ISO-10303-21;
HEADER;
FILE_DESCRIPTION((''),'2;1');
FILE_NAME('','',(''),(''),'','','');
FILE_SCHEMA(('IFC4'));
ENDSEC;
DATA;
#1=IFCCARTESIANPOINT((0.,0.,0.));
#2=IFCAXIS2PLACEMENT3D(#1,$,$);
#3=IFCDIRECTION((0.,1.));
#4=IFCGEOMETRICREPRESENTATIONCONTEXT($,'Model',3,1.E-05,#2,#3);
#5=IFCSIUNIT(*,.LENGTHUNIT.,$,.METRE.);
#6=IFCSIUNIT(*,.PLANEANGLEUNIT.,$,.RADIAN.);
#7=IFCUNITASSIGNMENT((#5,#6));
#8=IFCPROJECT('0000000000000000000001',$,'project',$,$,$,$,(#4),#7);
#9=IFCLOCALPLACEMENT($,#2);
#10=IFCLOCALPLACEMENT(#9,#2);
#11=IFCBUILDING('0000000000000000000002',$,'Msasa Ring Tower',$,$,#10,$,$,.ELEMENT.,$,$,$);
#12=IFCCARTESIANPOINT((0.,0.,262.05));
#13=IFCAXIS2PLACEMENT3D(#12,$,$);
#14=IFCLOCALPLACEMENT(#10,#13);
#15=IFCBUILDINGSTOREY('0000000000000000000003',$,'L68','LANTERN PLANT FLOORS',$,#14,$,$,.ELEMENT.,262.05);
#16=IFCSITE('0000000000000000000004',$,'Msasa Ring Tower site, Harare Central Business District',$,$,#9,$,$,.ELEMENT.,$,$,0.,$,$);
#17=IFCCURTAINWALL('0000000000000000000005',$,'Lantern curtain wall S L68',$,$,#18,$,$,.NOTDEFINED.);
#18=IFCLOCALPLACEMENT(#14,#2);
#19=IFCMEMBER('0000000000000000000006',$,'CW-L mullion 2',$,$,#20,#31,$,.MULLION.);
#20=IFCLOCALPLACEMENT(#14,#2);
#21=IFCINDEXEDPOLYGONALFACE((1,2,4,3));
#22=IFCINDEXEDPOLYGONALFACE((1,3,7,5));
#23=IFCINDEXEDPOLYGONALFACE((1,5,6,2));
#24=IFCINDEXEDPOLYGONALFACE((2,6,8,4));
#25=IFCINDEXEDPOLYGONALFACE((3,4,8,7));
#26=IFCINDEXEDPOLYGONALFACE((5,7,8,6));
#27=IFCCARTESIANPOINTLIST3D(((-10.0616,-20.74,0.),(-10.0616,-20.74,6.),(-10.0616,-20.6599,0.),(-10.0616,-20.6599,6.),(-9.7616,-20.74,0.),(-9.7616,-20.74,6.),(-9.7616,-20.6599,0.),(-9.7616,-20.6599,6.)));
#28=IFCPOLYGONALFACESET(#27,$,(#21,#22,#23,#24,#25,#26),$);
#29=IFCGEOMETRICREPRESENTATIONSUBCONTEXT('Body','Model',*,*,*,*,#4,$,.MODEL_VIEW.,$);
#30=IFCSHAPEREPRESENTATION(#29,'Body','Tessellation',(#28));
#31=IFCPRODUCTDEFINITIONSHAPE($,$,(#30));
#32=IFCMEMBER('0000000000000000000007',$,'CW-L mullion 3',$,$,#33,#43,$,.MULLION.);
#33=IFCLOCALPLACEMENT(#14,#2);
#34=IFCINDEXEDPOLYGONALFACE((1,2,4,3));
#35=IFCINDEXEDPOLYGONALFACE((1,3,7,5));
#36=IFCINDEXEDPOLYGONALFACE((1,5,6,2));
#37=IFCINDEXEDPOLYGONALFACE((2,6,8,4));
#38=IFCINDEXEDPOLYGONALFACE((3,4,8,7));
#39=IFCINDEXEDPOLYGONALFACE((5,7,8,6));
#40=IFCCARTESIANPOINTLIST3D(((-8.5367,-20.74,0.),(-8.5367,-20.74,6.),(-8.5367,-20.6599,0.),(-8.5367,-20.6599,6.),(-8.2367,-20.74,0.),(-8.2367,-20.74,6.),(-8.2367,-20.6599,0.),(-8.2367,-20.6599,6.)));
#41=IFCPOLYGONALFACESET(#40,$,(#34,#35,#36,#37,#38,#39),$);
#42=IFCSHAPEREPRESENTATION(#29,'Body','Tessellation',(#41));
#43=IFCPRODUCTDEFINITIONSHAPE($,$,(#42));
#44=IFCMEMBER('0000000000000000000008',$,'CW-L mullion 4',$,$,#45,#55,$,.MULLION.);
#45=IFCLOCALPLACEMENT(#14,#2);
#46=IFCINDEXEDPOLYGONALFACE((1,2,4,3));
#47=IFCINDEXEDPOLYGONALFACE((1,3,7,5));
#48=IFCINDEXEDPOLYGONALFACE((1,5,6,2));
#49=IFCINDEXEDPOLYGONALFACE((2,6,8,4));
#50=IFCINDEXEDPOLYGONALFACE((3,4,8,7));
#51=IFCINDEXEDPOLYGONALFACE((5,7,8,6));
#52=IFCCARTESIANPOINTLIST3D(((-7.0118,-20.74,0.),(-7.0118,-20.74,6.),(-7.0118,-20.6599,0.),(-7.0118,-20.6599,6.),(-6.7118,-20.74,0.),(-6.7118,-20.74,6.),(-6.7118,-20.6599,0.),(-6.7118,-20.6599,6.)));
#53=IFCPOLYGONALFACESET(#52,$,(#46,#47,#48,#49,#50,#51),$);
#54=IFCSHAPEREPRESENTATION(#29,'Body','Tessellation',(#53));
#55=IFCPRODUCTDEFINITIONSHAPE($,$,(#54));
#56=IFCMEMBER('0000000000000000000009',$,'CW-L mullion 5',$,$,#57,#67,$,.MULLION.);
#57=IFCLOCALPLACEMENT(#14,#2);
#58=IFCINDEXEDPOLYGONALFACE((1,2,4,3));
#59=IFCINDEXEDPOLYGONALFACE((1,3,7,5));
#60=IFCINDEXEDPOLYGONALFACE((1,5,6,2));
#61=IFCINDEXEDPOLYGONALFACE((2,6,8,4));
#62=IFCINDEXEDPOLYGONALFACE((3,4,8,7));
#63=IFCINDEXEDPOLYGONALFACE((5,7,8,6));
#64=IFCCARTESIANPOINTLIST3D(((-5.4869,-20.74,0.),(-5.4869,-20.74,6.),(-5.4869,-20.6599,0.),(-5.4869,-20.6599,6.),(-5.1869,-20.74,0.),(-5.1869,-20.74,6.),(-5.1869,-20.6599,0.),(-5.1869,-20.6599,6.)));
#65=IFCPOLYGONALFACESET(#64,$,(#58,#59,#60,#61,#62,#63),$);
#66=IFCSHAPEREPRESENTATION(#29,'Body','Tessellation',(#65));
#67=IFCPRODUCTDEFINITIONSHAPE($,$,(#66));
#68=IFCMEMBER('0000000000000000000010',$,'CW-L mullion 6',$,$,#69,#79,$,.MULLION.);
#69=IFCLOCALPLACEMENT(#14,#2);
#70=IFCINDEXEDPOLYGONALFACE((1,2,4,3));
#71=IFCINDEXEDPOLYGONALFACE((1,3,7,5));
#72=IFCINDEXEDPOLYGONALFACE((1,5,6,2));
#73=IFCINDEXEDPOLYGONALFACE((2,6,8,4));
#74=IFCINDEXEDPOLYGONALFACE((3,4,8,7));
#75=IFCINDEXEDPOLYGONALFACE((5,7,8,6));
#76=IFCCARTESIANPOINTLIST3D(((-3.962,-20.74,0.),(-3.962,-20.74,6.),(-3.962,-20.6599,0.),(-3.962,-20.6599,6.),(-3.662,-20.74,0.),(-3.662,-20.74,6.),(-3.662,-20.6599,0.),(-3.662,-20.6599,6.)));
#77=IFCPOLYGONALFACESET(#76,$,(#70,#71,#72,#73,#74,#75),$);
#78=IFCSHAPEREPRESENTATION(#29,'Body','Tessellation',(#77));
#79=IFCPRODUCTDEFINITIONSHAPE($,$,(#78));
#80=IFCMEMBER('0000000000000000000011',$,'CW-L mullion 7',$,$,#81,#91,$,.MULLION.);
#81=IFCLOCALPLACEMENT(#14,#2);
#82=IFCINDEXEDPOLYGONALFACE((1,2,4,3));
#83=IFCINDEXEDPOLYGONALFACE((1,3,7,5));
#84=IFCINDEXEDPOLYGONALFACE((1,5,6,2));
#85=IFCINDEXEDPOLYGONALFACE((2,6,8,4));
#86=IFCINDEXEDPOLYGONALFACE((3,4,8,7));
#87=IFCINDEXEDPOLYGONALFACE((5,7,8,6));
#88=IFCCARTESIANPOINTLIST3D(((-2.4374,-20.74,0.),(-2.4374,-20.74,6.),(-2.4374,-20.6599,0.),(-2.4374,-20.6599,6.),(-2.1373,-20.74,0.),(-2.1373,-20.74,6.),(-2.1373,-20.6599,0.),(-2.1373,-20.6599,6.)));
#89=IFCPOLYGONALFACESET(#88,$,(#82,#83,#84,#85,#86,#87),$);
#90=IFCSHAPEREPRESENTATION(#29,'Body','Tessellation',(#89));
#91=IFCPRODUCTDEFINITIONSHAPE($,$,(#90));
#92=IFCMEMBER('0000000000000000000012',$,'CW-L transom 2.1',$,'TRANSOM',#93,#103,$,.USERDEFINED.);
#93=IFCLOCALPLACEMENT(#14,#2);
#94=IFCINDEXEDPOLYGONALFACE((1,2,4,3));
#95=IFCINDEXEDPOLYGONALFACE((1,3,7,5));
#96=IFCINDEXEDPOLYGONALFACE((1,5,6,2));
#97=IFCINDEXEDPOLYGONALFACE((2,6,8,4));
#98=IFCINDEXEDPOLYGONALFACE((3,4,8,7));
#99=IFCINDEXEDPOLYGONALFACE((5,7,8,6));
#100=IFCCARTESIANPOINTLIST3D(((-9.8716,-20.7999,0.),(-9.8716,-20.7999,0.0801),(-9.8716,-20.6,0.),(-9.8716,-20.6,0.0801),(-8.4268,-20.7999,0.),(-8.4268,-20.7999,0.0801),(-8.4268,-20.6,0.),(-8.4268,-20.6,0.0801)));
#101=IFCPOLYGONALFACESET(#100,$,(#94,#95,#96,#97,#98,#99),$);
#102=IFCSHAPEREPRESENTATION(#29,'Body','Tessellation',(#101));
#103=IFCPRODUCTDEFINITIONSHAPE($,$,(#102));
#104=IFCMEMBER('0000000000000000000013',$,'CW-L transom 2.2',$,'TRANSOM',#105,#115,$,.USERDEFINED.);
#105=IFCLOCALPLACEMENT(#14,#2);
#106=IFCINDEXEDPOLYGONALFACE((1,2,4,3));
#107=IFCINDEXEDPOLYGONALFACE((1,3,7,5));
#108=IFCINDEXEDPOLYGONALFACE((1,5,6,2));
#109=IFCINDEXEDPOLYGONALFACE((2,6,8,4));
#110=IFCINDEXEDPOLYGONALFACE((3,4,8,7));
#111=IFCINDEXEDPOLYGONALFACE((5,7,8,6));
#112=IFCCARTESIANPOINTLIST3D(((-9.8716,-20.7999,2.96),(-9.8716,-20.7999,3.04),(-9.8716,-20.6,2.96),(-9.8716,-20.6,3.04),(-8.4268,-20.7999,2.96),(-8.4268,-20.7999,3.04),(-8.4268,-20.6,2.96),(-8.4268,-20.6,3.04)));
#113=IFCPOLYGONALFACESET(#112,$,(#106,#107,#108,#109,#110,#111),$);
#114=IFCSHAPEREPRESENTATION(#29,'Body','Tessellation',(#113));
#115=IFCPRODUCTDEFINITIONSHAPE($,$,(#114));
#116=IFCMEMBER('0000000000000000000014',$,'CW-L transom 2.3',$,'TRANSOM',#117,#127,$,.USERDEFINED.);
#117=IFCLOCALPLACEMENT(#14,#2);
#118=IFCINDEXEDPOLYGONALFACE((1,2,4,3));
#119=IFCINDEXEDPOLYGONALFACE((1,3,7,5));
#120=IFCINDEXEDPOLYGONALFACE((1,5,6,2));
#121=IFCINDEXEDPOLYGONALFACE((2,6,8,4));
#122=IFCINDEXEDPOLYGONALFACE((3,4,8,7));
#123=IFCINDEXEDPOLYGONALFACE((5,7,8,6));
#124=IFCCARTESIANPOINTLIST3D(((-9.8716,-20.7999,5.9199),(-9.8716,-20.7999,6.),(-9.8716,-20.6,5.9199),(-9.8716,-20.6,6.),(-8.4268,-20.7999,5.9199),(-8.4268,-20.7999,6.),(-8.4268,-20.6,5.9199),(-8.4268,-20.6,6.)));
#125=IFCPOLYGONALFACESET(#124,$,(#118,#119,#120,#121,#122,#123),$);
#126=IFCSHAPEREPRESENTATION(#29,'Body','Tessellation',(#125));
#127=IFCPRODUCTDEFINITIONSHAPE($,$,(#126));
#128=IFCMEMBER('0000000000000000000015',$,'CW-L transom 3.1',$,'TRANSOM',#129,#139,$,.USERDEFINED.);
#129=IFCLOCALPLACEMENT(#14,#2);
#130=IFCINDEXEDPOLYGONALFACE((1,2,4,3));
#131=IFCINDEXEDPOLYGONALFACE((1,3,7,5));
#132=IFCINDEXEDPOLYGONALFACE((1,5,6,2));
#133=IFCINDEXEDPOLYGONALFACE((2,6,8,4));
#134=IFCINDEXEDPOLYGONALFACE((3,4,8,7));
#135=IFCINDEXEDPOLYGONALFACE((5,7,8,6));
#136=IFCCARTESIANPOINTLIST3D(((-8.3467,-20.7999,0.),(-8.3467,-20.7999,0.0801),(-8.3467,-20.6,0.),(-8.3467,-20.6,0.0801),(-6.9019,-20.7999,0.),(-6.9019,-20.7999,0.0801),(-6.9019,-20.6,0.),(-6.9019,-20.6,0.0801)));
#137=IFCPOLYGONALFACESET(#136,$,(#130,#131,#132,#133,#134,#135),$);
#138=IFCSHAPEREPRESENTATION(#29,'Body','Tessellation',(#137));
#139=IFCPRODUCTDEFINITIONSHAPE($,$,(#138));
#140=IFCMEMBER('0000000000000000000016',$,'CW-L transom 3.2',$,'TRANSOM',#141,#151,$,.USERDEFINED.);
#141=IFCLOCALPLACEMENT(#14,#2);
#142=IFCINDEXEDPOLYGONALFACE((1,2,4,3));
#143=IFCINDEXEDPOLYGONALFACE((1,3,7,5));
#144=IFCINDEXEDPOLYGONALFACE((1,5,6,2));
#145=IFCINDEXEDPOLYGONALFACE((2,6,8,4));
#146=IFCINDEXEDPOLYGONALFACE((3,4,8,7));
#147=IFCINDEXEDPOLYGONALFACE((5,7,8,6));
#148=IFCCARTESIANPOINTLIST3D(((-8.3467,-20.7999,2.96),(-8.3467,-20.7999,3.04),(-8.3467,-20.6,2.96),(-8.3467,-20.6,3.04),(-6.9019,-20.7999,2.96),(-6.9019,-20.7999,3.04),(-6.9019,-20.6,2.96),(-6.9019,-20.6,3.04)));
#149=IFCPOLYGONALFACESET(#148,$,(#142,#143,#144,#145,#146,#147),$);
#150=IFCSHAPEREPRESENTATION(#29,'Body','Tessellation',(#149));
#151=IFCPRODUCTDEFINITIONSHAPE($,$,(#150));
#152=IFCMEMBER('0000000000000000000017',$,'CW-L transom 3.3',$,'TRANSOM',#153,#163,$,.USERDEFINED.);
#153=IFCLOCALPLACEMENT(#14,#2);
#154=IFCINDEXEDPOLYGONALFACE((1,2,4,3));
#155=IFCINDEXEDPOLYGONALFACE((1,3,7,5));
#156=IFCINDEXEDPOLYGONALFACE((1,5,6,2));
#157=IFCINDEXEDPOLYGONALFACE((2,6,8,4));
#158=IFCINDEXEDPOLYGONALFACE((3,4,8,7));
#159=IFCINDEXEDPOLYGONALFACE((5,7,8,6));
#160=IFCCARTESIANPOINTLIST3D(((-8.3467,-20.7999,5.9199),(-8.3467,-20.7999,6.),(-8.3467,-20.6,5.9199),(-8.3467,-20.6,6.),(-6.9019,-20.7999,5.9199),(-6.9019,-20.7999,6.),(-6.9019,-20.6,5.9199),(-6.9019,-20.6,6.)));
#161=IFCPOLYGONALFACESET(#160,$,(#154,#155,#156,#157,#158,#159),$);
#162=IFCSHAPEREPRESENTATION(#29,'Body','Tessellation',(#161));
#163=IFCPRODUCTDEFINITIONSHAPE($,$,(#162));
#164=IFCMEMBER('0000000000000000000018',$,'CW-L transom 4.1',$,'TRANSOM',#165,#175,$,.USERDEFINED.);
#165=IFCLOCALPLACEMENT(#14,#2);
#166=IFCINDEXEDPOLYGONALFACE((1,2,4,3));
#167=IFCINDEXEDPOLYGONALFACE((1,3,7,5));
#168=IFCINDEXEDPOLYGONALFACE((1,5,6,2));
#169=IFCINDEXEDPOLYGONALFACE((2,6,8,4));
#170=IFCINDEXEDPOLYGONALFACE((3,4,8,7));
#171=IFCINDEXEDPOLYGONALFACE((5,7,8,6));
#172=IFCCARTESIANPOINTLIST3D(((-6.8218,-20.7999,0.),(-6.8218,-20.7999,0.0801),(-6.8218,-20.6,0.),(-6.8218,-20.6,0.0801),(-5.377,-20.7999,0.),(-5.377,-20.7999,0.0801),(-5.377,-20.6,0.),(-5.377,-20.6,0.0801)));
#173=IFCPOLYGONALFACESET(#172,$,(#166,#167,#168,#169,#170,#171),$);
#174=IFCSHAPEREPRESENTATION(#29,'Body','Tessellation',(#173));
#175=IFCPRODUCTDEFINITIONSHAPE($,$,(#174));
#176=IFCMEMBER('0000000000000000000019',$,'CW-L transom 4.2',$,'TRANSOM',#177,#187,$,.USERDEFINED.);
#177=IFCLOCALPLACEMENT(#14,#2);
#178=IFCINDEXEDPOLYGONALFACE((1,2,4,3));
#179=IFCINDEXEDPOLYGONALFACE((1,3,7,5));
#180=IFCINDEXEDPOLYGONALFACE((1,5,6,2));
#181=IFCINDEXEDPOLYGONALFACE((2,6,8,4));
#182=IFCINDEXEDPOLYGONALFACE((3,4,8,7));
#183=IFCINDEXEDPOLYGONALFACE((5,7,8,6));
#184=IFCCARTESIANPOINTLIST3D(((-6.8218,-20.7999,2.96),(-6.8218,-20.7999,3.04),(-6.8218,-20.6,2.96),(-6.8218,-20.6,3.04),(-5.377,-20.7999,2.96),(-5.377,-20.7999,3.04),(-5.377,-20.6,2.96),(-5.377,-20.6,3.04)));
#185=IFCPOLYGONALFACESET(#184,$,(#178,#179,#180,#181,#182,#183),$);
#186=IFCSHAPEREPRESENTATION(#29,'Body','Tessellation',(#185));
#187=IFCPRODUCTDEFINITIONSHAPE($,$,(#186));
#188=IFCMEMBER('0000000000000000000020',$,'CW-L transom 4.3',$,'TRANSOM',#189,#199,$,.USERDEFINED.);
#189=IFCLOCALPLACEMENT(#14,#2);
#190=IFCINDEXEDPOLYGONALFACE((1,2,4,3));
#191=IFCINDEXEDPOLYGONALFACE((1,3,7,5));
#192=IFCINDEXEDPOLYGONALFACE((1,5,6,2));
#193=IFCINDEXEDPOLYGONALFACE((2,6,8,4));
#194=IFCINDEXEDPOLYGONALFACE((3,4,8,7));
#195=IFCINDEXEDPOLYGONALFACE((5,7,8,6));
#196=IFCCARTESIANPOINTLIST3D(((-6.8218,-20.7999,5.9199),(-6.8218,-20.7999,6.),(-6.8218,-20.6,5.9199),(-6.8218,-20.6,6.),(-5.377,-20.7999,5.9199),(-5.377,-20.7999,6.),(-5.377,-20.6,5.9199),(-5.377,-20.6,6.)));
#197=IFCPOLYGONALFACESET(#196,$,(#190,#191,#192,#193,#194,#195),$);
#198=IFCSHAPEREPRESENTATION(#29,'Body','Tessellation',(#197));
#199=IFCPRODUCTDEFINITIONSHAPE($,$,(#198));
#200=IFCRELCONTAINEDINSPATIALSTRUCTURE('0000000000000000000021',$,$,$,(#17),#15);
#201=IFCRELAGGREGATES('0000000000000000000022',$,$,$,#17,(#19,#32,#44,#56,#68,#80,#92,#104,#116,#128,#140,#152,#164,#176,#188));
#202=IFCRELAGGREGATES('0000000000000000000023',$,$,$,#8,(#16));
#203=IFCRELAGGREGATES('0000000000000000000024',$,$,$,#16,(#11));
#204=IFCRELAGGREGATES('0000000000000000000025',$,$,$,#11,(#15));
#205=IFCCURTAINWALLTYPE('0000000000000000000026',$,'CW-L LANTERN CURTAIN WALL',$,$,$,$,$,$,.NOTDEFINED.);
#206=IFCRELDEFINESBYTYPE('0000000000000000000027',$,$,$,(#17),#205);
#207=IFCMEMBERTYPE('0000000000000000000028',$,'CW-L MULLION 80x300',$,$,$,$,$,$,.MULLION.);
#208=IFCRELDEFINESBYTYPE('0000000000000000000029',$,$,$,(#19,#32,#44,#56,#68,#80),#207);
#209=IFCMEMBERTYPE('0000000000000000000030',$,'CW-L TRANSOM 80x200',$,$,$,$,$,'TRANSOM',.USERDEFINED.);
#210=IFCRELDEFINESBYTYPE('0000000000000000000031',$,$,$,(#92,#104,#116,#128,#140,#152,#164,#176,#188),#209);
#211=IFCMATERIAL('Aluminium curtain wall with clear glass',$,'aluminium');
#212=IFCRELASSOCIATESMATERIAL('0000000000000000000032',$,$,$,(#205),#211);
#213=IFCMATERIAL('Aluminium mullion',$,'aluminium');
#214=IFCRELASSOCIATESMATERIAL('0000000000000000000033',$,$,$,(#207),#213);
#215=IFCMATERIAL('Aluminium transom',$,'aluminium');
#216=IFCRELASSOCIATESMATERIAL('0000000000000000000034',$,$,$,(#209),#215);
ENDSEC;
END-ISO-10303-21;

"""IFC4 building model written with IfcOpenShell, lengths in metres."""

from ifc_helpers import new_model, si_unit, direction, frame, origin, origin_2d, place, context, subcontext, project, spatial, rectangle, extrude, material, material_profile, profile_set, type_object, element, aggregate, save


model = new_model("IFC4")

# Units and contexts
model_context = context("Model", 3, precision=1e-05, world=origin(), true_north=direction((0.0, 1.0)))
body_context = subcontext(model_context, "Body", "Model", "MODEL_VIEW")
ifc_project = project(units=[si_unit("LENGTHUNIT", "METRE"), si_unit("PLANEANGLEUNIT", "RADIAN")], contexts=[model_context])

# Site, building, storey
site_placement = place(None, origin())
site = spatial("IfcSite", under=ifc_project, at=site_placement, Name="Msasa Ring Tower site, Harare Central Business District", CompositionType="ELEMENT", RefElevation=0.0)
building_placement = place(site_placement, origin())
building = spatial("IfcBuilding", under=site, at=building_placement, Name="Msasa Ring Tower", CompositionType="ELEMENT")
storey_placement = place(building_placement, frame((0.0, 0.0, 262.05)))
storey = spatial("IfcBuildingStorey", under=building, at=storey_placement, Name="L68", Description="LANTERN PLANT FLOORS", CompositionType="ELEMENT", Elevation=262.05)

# Curtain wall, members
ifc_material_1 = material(Name="Aluminium curtain wall with clear glass", Category="aluminium")
curtain_wall_type = type_object("IfcCurtainWallType", Name="CW-L LANTERN CURTAIN WALL", PredefinedType="NOTDEFINED", material=ifc_material_1)
curtain_wall_placement = place(storey_placement, origin())
curtain_wall = element("IfcCurtainWall", 1, at=curtain_wall_placement, inside=storey, type_object=curtain_wall_type, Name="Lantern curtain wall S L68", PredefinedType="NOTDEFINED")
ifc_material_2 = material(Name="Aluminium mullion", Category="aluminium")
ifc_material_profile_1 = material_profile(ifc_material_2, rectangle(XDim=0.0801, YDim=0.3, at=origin_2d()), Name="AL 80x300")
ifc_profile_set_1 = profile_set([ifc_material_profile_1], Name="Aluminium mullion")
member_type_1 = type_object("IfcMemberType", Name="CW-L MULLION 80x300", PredefinedType="MULLION", material=ifc_profile_set_1)
member_1_placement = place(storey_placement, frame((-9.9116, -20.7, 0.0), z_axis=(0.0, 0.0, 1.0), x_axis=(0.0, 1.0, 0.0)))
member_1 = element("IfcMember", 2, at=member_1_placement, type_object=member_type_1, Name="CW-L mullion 2", PredefinedType="MULLION", context=body_context, shape_type="SweptSolid", body=[
    extrude(rectangle(XDim=0.0801, YDim=0.3, at=origin_2d()), origin(), (0.0, 0.0, 1.0), 6.0),
])
member_2_placement = place(storey_placement, frame((-8.3867, -20.7, 0.0), z_axis=(0.0, 0.0, 1.0), x_axis=(0.0, 1.0, 0.0)))
member_2 = element("IfcMember", 3, at=member_2_placement, type_object=member_type_1, Name="CW-L mullion 3", PredefinedType="MULLION", context=body_context, shape_type="SweptSolid", body=[
    extrude(rectangle(XDim=0.0801, YDim=0.3, at=origin_2d()), origin(), (0.0, 0.0, 1.0), 6.0),
])
member_3_placement = place(storey_placement, frame((-6.8618, -20.7, 0.0), z_axis=(0.0, 0.0, 1.0), x_axis=(0.0, 1.0, 0.0)))
member_3 = element("IfcMember", 4, at=member_3_placement, type_object=member_type_1, Name="CW-L mullion 4", PredefinedType="MULLION", context=body_context, shape_type="SweptSolid", body=[
    extrude(rectangle(XDim=0.0801, YDim=0.3, at=origin_2d()), origin(), (0.0, 0.0, 1.0), 6.0),
])
member_4_placement = place(storey_placement, frame((-5.3369, -20.7, 0.0), z_axis=(0.0, 0.0, 1.0), x_axis=(0.0, 1.0, 0.0)))
member_4 = element("IfcMember", 5, at=member_4_placement, type_object=member_type_1, Name="CW-L mullion 5", PredefinedType="MULLION", context=body_context, shape_type="SweptSolid", body=[
    extrude(rectangle(XDim=0.0801, YDim=0.3, at=origin_2d()), origin(), (0.0, 0.0, 1.0), 6.0),
])
member_5_placement = place(storey_placement, frame((-3.812, -20.7, 0.0), z_axis=(0.0, 0.0, 1.0), x_axis=(0.0, 1.0, 0.0)))
member_5 = element("IfcMember", 6, at=member_5_placement, type_object=member_type_1, Name="CW-L mullion 6", PredefinedType="MULLION", context=body_context, shape_type="SweptSolid", body=[
    extrude(rectangle(XDim=0.0801, YDim=0.3, at=origin_2d()), origin(), (0.0, 0.0, 1.0), 6.0),
])
member_6_placement = place(storey_placement, frame((-2.2874, -20.7, 0.0), z_axis=(0.0, 0.0, 1.0), x_axis=(0.0, 1.0, 0.0)))
member_6 = element("IfcMember", 7, at=member_6_placement, type_object=member_type_1, Name="CW-L mullion 7", PredefinedType="MULLION", context=body_context, shape_type="SweptSolid", body=[
    extrude(rectangle(XDim=0.0801, YDim=0.3, at=origin_2d()), origin(), (0.0, 0.0, 1.0), 6.0),
])
ifc_material_3 = material(Name="Aluminium transom", Category="aluminium")
ifc_material_profile_2 = material_profile(ifc_material_3, rectangle(XDim=0.2, YDim=0.0801, at=origin_2d()), Name="AL 80x200")
ifc_profile_set_2 = profile_set([ifc_material_profile_2], Name="Aluminium transom")
member_type_2 = type_object("IfcMemberType", Name="CW-L TRANSOM 80x200", ElementType="TRANSOM", PredefinedType="USERDEFINED", material=ifc_profile_set_2)
member_7_placement = place(storey_placement, frame((-9.8716, -20.7, 0.04), z_axis=(1.0, 0.0, 0.0), x_axis=(0.0, 1.0, 0.0)))
member_7 = element("IfcMember", 8, at=member_7_placement, type_object=member_type_2, Name="CW-L transom 2.1", ObjectType="TRANSOM", PredefinedType="USERDEFINED", context=body_context, shape_type="SweptSolid", body=[
    extrude(rectangle(XDim=0.2, YDim=0.0801, at=origin_2d()), origin(), (0.0, 0.0, 1.0), 1.4448),
])
member_8_placement = place(storey_placement, frame((-9.8716, -20.7, 3.0), z_axis=(1.0, 0.0, 0.0), x_axis=(0.0, 1.0, 0.0)))
member_8 = element("IfcMember", 9, at=member_8_placement, type_object=member_type_2, Name="CW-L transom 2.2", ObjectType="TRANSOM", PredefinedType="USERDEFINED", context=body_context, shape_type="SweptSolid", body=[
    extrude(rectangle(XDim=0.2, YDim=0.0801, at=origin_2d()), origin(), (0.0, 0.0, 1.0), 1.4448),
])
member_9_placement = place(storey_placement, frame((-9.8716, -20.7, 5.96), z_axis=(1.0, 0.0, 0.0), x_axis=(0.0, 1.0, 0.0)))
member_9 = element("IfcMember", 10, at=member_9_placement, type_object=member_type_2, Name="CW-L transom 2.3", ObjectType="TRANSOM", PredefinedType="USERDEFINED", context=body_context, shape_type="SweptSolid", body=[
    extrude(rectangle(XDim=0.2, YDim=0.0801, at=origin_2d()), origin(), (0.0, 0.0, 1.0), 1.4448),
])
member_10_placement = place(storey_placement, frame((-8.3467, -20.7, 0.04), z_axis=(1.0, 0.0, 0.0), x_axis=(0.0, 1.0, 0.0)))
member_10 = element("IfcMember", 11, at=member_10_placement, type_object=member_type_2, Name="CW-L transom 3.1", ObjectType="TRANSOM", PredefinedType="USERDEFINED", context=body_context, shape_type="SweptSolid", body=[
    extrude(rectangle(XDim=0.2, YDim=0.0801, at=origin_2d()), origin(), (0.0, 0.0, 1.0), 1.4448),
])
member_11_placement = place(storey_placement, frame((-8.3467, -20.7, 3.0), z_axis=(1.0, 0.0, 0.0), x_axis=(0.0, 1.0, 0.0)))
member_11 = element("IfcMember", 12, at=member_11_placement, type_object=member_type_2, Name="CW-L transom 3.2", ObjectType="TRANSOM", PredefinedType="USERDEFINED", context=body_context, shape_type="SweptSolid", body=[
    extrude(rectangle(XDim=0.2, YDim=0.0801, at=origin_2d()), origin(), (0.0, 0.0, 1.0), 1.4448),
])
member_12_placement = place(storey_placement, frame((-8.3467, -20.7, 5.96), z_axis=(1.0, 0.0, 0.0), x_axis=(0.0, 1.0, 0.0)))
member_12 = element("IfcMember", 13, at=member_12_placement, type_object=member_type_2, Name="CW-L transom 3.3", ObjectType="TRANSOM", PredefinedType="USERDEFINED", context=body_context, shape_type="SweptSolid", body=[
    extrude(rectangle(XDim=0.2, YDim=0.0801, at=origin_2d()), origin(), (0.0, 0.0, 1.0), 1.4448),
])
member_13_placement = place(storey_placement, frame((-6.8218, -20.7, 0.04), z_axis=(1.0, 0.0, 0.0), x_axis=(0.0, 1.0, 0.0)))
member_13 = element("IfcMember", 14, at=member_13_placement, type_object=member_type_2, Name="CW-L transom 4.1", ObjectType="TRANSOM", PredefinedType="USERDEFINED", context=body_context, shape_type="SweptSolid", body=[
    extrude(rectangle(XDim=0.2, YDim=0.0801, at=origin_2d()), origin(), (0.0, 0.0, 1.0), 1.4448),
])
member_14_placement = place(storey_placement, frame((-6.8218, -20.7, 3.0), z_axis=(1.0, 0.0, 0.0), x_axis=(0.0, 1.0, 0.0)))
member_14 = element("IfcMember", 15, at=member_14_placement, type_object=member_type_2, Name="CW-L transom 4.2", ObjectType="TRANSOM", PredefinedType="USERDEFINED", context=body_context, shape_type="SweptSolid", body=[
    extrude(rectangle(XDim=0.2, YDim=0.0801, at=origin_2d()), origin(), (0.0, 0.0, 1.0), 1.4448),
])
member_15_placement = place(storey_placement, frame((-6.8218, -20.7, 5.96), z_axis=(1.0, 0.0, 0.0), x_axis=(0.0, 1.0, 0.0)))
member_15 = element("IfcMember", 16, at=member_15_placement, type_object=member_type_2, Name="CW-L transom 4.3", ObjectType="TRANSOM", PredefinedType="USERDEFINED", context=body_context, shape_type="SweptSolid", body=[
    extrude(rectangle(XDim=0.2, YDim=0.0801, at=origin_2d()), origin(), (0.0, 0.0, 1.0), 1.4448),
])
aggregate(curtain_wall, [member_1, member_2, member_3, member_4, member_5, member_6, member_7, member_8, member_9, member_10, member_11, member_12, member_13, member_14, member_15])

save(model, "model.ifc")
